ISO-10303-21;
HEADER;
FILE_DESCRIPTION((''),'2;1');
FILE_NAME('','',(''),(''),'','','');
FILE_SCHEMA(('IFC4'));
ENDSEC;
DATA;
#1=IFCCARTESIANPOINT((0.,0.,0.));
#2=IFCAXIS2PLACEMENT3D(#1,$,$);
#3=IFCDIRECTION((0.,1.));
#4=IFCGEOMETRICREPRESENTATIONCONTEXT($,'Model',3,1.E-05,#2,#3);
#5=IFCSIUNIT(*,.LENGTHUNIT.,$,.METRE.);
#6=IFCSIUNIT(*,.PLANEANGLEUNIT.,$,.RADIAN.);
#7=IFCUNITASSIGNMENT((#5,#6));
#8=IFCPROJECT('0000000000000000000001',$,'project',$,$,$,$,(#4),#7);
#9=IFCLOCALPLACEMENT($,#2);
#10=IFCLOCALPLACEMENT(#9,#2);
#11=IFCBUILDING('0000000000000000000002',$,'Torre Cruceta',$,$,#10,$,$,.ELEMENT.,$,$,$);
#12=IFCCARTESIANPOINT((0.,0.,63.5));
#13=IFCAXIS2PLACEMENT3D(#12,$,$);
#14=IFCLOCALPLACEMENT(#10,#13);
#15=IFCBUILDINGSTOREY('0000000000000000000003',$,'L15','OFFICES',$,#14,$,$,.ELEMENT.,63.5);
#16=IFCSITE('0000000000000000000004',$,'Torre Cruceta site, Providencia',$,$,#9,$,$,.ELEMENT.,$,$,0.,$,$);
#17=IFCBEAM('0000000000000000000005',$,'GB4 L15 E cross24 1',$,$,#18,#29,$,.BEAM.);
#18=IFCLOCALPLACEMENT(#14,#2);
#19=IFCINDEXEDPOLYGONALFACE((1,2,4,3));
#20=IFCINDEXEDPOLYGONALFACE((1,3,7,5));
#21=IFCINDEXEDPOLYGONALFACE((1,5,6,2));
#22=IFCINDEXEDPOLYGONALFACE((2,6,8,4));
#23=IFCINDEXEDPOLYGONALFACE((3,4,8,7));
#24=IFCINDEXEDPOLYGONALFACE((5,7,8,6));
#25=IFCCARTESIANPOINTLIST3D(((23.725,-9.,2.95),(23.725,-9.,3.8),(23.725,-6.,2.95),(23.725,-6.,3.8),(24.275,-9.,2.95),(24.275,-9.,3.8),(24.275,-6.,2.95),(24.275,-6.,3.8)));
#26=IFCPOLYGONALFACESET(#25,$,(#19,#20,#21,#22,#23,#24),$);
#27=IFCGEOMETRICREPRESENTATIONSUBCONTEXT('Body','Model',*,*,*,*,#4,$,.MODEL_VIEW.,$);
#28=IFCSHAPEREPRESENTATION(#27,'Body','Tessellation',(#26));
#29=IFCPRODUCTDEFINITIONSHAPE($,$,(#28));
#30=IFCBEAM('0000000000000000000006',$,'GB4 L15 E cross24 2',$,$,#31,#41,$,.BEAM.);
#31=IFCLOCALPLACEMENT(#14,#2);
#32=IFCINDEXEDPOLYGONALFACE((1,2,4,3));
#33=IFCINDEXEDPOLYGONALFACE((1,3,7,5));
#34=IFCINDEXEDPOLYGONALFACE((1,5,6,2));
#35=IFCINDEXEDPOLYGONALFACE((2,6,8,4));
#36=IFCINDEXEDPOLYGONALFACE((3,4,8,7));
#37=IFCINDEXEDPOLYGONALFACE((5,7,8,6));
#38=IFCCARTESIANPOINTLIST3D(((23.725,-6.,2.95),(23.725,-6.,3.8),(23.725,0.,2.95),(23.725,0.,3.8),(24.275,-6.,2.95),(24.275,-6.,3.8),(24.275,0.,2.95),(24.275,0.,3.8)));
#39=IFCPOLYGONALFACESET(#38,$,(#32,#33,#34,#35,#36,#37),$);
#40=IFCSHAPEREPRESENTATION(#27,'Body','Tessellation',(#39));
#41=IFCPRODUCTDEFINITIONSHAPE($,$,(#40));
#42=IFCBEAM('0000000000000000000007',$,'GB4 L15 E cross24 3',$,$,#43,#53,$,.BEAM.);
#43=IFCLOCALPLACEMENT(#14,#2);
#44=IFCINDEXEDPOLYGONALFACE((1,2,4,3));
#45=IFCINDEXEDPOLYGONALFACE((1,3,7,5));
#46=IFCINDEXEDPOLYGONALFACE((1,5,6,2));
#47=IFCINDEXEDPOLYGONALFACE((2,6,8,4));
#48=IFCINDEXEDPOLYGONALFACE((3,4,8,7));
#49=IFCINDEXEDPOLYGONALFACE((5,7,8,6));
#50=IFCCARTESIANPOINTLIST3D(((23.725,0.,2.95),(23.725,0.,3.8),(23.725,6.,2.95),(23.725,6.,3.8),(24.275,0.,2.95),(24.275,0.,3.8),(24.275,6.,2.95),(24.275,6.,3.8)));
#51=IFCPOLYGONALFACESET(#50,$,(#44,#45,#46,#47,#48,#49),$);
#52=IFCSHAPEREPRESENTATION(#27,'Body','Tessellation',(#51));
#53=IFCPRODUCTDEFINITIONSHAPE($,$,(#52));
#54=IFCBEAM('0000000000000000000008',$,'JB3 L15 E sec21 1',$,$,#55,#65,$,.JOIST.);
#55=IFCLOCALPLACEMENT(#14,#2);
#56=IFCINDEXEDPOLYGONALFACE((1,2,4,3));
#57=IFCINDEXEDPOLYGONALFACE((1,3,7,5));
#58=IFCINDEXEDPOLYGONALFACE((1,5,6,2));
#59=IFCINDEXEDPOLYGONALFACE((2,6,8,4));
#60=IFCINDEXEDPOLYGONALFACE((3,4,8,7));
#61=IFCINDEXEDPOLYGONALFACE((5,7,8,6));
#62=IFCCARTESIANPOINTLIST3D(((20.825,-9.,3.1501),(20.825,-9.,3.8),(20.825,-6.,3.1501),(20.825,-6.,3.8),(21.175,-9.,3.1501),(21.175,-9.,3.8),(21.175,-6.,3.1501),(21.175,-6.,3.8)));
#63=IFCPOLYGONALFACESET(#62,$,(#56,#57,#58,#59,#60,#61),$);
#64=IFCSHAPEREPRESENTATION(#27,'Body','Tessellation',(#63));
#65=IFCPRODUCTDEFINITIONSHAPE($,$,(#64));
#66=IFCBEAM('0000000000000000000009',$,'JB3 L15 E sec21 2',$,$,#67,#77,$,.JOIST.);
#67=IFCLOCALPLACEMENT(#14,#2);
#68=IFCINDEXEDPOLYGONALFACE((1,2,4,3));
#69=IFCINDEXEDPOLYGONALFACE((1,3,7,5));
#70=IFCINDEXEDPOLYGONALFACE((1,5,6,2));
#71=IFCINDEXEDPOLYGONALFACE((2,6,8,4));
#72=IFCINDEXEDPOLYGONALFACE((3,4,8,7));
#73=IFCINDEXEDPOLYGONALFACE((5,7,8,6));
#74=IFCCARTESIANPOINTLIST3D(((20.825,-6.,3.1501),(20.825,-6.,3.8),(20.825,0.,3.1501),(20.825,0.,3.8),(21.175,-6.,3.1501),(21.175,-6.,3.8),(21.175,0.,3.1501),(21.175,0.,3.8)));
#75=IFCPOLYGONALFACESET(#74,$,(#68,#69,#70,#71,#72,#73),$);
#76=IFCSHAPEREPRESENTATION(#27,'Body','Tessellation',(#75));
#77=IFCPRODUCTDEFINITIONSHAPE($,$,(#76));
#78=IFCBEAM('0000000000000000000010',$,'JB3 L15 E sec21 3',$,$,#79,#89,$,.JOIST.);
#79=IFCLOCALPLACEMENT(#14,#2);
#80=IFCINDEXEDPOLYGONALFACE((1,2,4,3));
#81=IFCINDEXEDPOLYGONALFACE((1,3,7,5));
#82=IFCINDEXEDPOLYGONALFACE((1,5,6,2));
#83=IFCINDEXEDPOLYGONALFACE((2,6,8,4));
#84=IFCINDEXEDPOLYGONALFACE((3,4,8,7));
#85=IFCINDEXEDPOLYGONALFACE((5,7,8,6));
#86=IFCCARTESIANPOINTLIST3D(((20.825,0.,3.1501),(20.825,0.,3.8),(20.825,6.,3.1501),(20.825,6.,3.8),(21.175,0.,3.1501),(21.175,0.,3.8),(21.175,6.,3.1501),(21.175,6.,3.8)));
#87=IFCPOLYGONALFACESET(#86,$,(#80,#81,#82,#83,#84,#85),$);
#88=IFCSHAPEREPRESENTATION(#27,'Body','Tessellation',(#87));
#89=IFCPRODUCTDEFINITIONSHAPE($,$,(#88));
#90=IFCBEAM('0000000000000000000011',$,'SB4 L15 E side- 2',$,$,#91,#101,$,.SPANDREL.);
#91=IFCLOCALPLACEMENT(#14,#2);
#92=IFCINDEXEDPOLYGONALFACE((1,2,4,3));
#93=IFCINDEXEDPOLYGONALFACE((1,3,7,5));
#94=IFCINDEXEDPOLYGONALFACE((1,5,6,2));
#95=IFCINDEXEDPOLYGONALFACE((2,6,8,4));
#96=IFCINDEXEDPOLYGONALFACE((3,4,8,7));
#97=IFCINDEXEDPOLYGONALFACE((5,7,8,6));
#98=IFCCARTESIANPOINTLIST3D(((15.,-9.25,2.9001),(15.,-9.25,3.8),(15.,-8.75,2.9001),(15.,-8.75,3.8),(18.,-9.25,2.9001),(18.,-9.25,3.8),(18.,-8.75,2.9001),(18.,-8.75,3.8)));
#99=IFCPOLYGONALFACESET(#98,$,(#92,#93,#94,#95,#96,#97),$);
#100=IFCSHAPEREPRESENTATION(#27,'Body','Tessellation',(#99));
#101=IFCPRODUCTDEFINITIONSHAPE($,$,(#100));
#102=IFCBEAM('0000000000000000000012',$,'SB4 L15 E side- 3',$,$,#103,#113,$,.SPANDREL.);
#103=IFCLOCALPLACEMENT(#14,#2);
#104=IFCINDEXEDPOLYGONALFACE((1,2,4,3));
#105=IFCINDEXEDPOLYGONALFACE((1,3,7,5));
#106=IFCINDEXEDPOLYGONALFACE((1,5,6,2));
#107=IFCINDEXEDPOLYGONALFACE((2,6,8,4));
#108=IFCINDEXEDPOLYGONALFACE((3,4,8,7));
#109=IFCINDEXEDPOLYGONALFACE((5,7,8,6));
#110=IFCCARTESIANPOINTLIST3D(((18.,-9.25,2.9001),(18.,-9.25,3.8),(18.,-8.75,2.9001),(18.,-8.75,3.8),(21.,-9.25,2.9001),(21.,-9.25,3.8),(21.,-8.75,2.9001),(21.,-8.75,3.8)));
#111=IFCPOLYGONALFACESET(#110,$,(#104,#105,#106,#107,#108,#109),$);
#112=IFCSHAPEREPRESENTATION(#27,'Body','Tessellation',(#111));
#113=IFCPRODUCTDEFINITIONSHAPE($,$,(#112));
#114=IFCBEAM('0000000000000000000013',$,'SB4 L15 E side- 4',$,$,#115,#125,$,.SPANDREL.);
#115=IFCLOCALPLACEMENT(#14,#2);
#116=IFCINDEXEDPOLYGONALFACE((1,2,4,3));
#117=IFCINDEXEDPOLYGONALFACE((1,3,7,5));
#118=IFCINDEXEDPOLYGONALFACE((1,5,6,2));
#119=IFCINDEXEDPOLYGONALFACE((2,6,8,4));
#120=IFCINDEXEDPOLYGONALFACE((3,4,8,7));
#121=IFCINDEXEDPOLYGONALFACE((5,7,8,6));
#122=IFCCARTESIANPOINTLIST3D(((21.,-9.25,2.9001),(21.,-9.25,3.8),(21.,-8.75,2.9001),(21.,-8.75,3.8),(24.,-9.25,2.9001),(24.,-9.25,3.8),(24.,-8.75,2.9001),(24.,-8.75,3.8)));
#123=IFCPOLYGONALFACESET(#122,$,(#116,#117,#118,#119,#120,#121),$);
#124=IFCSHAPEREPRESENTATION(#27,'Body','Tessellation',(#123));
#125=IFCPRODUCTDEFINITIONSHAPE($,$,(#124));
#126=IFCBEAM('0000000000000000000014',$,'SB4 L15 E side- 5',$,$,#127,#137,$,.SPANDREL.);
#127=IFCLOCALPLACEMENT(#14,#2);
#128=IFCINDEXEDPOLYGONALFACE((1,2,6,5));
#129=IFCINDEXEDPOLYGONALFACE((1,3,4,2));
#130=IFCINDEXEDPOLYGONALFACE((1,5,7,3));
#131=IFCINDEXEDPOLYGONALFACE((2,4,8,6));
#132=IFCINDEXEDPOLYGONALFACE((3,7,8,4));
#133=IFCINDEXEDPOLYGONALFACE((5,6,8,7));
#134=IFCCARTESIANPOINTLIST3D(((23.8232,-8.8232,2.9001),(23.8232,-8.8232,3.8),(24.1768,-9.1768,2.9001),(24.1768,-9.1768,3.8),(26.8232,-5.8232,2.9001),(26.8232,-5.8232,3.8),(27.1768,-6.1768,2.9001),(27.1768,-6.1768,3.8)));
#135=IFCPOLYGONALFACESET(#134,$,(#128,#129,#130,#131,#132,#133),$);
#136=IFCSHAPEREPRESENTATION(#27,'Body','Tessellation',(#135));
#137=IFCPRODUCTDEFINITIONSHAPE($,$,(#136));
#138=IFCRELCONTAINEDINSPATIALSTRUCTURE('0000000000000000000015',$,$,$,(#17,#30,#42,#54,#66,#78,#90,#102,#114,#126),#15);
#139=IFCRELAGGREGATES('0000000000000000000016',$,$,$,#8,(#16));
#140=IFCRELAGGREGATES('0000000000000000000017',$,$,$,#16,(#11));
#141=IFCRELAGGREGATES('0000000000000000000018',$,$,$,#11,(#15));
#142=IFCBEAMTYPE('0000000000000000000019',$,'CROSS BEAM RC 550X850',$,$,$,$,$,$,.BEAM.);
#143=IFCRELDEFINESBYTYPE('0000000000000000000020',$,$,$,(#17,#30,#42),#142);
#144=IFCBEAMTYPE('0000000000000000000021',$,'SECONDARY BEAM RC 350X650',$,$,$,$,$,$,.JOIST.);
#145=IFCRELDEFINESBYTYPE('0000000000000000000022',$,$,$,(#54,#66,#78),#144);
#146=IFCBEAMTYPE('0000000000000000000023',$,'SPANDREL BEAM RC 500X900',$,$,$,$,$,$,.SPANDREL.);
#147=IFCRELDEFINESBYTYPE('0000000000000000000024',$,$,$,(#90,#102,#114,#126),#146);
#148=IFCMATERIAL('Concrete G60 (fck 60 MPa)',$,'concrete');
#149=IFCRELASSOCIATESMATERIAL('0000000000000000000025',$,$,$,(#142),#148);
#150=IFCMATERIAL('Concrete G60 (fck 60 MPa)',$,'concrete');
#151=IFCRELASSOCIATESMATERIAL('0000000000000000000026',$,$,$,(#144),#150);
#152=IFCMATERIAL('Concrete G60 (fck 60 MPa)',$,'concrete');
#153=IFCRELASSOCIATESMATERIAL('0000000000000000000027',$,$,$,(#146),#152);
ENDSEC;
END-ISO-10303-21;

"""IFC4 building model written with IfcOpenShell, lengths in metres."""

from ifc_helpers import new_model, si_unit, direction, frame, origin, origin_2d, place, context, subcontext, project, spatial, rectangle, extrude, material, material_profile, profile_set, type_object, element, save


model = new_model("IFC4")

# Units and contexts
model_context = context("Model", 3, precision=1e-05, world=origin(), true_north=direction((0.0, 1.0)))
body_context = subcontext(model_context, "Body", "Model", "MODEL_VIEW")
ifc_project = project(units=[si_unit("LENGTHUNIT", "METRE"), si_unit("PLANEANGLEUNIT", "RADIAN")], contexts=[model_context])

# Site, building, storey
site_placement = place(None, origin())
site = spatial("IfcSite", under=ifc_project, at=site_placement, Name="Torre Cruceta site, Providencia", CompositionType="ELEMENT", RefElevation=0.0)
building_placement = place(site_placement, origin())
building = spatial("IfcBuilding", under=site, at=building_placement, Name="Torre Cruceta", CompositionType="ELEMENT")
storey_placement = place(building_placement, frame((0.0, 0.0, 63.5)))
storey = spatial("IfcBuildingStorey", under=building, at=storey_placement, Name="L15", Description="OFFICES", CompositionType="ELEMENT", Elevation=63.5)

# Beams
ifc_material_1 = material(Name="Concrete G60 (fck 60 MPa)", Category="concrete")
ifc_material_profile_1 = material_profile(ifc_material_1, rectangle(XDim=0.55, YDim=0.8501, at=origin_2d()), Name="RC 550X850")
ifc_profile_set_1 = profile_set([ifc_material_profile_1], Name="Concrete G60 (fck 60 MPa)")
beam_type_1 = type_object("IfcBeamType", Name="CROSS BEAM RC 550X850", PredefinedType="BEAM", material=ifc_profile_set_1)
beam_1_placement = place(storey_placement, frame((24.0, -9.0, 3.375), z_axis=(0.0, 1.0, 0.0), x_axis=(-1.0, 0.0, 0.0)))
element("IfcBeam", 1, at=beam_1_placement, inside=storey, type_object=beam_type_1, Name="GB4 L15 E cross24 1", PredefinedType="BEAM", context=body_context, shape_type="SweptSolid", body=[
    extrude(rectangle(XDim=0.55, YDim=0.8501, at=origin_2d()), origin(), (0.0, 0.0, 1.0), 3.0),
])
for number, where, z_axis, x_axis, name in (
    (2, (24.0, -6.0, 3.375), (0.0, 1.0, 0.0), (-1.0, 0.0, 0.0), "GB4 L15 E cross24 2"),
    (3, (24.0, 0.0, 3.375), (0.0, 1.0, 0.0), (-1.0, 0.0, 0.0), "GB4 L15 E cross24 3"),
):
    element("IfcBeam", number, at=place(storey_placement, frame(where, z_axis=z_axis, x_axis=x_axis)), inside=storey, type_object=beam_type_1, Name=name, PredefinedType="BEAM", context=body_context, shape_type="SweptSolid", body=[
        extrude(rectangle(XDim=0.55, YDim=0.8501, at=origin_2d()), origin(), (0.0, 0.0, 1.0), 6.0),
    ])
ifc_material_2 = material(Name="Concrete G60 (fck 60 MPa)", Category="concrete")
ifc_material_profile_2 = material_profile(ifc_material_2, rectangle(XDim=0.3501, YDim=0.6499, at=origin_2d()), Name="RC 350X650")
ifc_profile_set_2 = profile_set([ifc_material_profile_2], Name="Concrete G60 (fck 60 MPa)")
beam_type_2 = type_object("IfcBeamType", Name="SECONDARY BEAM RC 350X650", PredefinedType="JOIST", material=ifc_profile_set_2)
beam_2_placement = place(storey_placement, frame((21.0, -9.0, 3.4751), z_axis=(0.0, 1.0, 0.0), x_axis=(-1.0, 0.0, 0.0)))
element("IfcBeam", 4, at=beam_2_placement, inside=storey, type_object=beam_type_2, Name="JB3 L15 E sec21 1", PredefinedType="JOIST", context=body_context, shape_type="SweptSolid", body=[
    extrude(rectangle(XDim=0.3501, YDim=0.6499, at=origin_2d()), origin(), (0.0, 0.0, 1.0), 3.0),
])
for number, where, z_axis, x_axis, name in (
    (5, (21.0, -6.0, 3.4751), (0.0, 1.0, 0.0), (-1.0, 0.0, 0.0), "JB3 L15 E sec21 2"),
    (6, (21.0, 0.0, 3.4751), (0.0, 1.0, 0.0), (-1.0, 0.0, 0.0), "JB3 L15 E sec21 3"),
):
    element("IfcBeam", number, at=place(storey_placement, frame(where, z_axis=z_axis, x_axis=x_axis)), inside=storey, type_object=beam_type_2, Name=name, PredefinedType="JOIST", context=body_context, shape_type="SweptSolid", body=[
        extrude(rectangle(XDim=0.3501, YDim=0.6499, at=origin_2d()), origin(), (0.0, 0.0, 1.0), 6.0),
    ])
ifc_material_3 = material(Name="Concrete G60 (fck 60 MPa)", Category="concrete")
ifc_material_profile_3 = material_profile(ifc_material_3, rectangle(XDim=0.5, YDim=0.8999, at=origin_2d()), Name="RC 500X900")
ifc_profile_set_3 = profile_set([ifc_material_profile_3], Name="Concrete G60 (fck 60 MPa)")
beam_type_3 = type_object("IfcBeamType", Name="SPANDREL BEAM RC 500X900", PredefinedType="SPANDREL", material=ifc_profile_set_3)
for number, where, z_axis, x_axis, name in (
    (7, (15.0, -9.0, 3.3501), (1.0, 0.0, 0.0), (0.0, 1.0, 0.0), "SB4 L15 E side- 2"),
    (8, (18.0, -9.0, 3.3501), (1.0, 0.0, 0.0), (0.0, 1.0, 0.0), "SB4 L15 E side- 3"),
    (9, (21.0, -9.0, 3.3501), (1.0, 0.0, 0.0), (0.0, 1.0, 0.0), "SB4 L15 E side- 4"),
):
    element("IfcBeam", number, at=place(storey_placement, frame(where, z_axis=z_axis, x_axis=x_axis)), inside=storey, type_object=beam_type_3, Name=name, PredefinedType="SPANDREL", context=body_context, shape_type="SweptSolid", body=[
        extrude(rectangle(XDim=0.5, YDim=0.8999, at=origin_2d()), origin(), (0.0, 0.0, 1.0), 3.0),
    ])
beam_3_placement = place(storey_placement, frame((24.0, -9.0, 3.3501), z_axis=(0.707107, 0.707107, 0.0), x_axis=(-0.707107, 0.707107, 0.0)))
element("IfcBeam", 10, at=beam_3_placement, inside=storey, type_object=beam_type_3, Name="SB4 L15 E side- 5", PredefinedType="SPANDREL", context=body_context, shape_type="SweptSolid", body=[
    extrude(rectangle(XDim=0.5, YDim=0.8999, at=origin_2d()), origin(), (0.0, 0.0, 1.0), 4.2427),
])

save(model, "model.ifc")
